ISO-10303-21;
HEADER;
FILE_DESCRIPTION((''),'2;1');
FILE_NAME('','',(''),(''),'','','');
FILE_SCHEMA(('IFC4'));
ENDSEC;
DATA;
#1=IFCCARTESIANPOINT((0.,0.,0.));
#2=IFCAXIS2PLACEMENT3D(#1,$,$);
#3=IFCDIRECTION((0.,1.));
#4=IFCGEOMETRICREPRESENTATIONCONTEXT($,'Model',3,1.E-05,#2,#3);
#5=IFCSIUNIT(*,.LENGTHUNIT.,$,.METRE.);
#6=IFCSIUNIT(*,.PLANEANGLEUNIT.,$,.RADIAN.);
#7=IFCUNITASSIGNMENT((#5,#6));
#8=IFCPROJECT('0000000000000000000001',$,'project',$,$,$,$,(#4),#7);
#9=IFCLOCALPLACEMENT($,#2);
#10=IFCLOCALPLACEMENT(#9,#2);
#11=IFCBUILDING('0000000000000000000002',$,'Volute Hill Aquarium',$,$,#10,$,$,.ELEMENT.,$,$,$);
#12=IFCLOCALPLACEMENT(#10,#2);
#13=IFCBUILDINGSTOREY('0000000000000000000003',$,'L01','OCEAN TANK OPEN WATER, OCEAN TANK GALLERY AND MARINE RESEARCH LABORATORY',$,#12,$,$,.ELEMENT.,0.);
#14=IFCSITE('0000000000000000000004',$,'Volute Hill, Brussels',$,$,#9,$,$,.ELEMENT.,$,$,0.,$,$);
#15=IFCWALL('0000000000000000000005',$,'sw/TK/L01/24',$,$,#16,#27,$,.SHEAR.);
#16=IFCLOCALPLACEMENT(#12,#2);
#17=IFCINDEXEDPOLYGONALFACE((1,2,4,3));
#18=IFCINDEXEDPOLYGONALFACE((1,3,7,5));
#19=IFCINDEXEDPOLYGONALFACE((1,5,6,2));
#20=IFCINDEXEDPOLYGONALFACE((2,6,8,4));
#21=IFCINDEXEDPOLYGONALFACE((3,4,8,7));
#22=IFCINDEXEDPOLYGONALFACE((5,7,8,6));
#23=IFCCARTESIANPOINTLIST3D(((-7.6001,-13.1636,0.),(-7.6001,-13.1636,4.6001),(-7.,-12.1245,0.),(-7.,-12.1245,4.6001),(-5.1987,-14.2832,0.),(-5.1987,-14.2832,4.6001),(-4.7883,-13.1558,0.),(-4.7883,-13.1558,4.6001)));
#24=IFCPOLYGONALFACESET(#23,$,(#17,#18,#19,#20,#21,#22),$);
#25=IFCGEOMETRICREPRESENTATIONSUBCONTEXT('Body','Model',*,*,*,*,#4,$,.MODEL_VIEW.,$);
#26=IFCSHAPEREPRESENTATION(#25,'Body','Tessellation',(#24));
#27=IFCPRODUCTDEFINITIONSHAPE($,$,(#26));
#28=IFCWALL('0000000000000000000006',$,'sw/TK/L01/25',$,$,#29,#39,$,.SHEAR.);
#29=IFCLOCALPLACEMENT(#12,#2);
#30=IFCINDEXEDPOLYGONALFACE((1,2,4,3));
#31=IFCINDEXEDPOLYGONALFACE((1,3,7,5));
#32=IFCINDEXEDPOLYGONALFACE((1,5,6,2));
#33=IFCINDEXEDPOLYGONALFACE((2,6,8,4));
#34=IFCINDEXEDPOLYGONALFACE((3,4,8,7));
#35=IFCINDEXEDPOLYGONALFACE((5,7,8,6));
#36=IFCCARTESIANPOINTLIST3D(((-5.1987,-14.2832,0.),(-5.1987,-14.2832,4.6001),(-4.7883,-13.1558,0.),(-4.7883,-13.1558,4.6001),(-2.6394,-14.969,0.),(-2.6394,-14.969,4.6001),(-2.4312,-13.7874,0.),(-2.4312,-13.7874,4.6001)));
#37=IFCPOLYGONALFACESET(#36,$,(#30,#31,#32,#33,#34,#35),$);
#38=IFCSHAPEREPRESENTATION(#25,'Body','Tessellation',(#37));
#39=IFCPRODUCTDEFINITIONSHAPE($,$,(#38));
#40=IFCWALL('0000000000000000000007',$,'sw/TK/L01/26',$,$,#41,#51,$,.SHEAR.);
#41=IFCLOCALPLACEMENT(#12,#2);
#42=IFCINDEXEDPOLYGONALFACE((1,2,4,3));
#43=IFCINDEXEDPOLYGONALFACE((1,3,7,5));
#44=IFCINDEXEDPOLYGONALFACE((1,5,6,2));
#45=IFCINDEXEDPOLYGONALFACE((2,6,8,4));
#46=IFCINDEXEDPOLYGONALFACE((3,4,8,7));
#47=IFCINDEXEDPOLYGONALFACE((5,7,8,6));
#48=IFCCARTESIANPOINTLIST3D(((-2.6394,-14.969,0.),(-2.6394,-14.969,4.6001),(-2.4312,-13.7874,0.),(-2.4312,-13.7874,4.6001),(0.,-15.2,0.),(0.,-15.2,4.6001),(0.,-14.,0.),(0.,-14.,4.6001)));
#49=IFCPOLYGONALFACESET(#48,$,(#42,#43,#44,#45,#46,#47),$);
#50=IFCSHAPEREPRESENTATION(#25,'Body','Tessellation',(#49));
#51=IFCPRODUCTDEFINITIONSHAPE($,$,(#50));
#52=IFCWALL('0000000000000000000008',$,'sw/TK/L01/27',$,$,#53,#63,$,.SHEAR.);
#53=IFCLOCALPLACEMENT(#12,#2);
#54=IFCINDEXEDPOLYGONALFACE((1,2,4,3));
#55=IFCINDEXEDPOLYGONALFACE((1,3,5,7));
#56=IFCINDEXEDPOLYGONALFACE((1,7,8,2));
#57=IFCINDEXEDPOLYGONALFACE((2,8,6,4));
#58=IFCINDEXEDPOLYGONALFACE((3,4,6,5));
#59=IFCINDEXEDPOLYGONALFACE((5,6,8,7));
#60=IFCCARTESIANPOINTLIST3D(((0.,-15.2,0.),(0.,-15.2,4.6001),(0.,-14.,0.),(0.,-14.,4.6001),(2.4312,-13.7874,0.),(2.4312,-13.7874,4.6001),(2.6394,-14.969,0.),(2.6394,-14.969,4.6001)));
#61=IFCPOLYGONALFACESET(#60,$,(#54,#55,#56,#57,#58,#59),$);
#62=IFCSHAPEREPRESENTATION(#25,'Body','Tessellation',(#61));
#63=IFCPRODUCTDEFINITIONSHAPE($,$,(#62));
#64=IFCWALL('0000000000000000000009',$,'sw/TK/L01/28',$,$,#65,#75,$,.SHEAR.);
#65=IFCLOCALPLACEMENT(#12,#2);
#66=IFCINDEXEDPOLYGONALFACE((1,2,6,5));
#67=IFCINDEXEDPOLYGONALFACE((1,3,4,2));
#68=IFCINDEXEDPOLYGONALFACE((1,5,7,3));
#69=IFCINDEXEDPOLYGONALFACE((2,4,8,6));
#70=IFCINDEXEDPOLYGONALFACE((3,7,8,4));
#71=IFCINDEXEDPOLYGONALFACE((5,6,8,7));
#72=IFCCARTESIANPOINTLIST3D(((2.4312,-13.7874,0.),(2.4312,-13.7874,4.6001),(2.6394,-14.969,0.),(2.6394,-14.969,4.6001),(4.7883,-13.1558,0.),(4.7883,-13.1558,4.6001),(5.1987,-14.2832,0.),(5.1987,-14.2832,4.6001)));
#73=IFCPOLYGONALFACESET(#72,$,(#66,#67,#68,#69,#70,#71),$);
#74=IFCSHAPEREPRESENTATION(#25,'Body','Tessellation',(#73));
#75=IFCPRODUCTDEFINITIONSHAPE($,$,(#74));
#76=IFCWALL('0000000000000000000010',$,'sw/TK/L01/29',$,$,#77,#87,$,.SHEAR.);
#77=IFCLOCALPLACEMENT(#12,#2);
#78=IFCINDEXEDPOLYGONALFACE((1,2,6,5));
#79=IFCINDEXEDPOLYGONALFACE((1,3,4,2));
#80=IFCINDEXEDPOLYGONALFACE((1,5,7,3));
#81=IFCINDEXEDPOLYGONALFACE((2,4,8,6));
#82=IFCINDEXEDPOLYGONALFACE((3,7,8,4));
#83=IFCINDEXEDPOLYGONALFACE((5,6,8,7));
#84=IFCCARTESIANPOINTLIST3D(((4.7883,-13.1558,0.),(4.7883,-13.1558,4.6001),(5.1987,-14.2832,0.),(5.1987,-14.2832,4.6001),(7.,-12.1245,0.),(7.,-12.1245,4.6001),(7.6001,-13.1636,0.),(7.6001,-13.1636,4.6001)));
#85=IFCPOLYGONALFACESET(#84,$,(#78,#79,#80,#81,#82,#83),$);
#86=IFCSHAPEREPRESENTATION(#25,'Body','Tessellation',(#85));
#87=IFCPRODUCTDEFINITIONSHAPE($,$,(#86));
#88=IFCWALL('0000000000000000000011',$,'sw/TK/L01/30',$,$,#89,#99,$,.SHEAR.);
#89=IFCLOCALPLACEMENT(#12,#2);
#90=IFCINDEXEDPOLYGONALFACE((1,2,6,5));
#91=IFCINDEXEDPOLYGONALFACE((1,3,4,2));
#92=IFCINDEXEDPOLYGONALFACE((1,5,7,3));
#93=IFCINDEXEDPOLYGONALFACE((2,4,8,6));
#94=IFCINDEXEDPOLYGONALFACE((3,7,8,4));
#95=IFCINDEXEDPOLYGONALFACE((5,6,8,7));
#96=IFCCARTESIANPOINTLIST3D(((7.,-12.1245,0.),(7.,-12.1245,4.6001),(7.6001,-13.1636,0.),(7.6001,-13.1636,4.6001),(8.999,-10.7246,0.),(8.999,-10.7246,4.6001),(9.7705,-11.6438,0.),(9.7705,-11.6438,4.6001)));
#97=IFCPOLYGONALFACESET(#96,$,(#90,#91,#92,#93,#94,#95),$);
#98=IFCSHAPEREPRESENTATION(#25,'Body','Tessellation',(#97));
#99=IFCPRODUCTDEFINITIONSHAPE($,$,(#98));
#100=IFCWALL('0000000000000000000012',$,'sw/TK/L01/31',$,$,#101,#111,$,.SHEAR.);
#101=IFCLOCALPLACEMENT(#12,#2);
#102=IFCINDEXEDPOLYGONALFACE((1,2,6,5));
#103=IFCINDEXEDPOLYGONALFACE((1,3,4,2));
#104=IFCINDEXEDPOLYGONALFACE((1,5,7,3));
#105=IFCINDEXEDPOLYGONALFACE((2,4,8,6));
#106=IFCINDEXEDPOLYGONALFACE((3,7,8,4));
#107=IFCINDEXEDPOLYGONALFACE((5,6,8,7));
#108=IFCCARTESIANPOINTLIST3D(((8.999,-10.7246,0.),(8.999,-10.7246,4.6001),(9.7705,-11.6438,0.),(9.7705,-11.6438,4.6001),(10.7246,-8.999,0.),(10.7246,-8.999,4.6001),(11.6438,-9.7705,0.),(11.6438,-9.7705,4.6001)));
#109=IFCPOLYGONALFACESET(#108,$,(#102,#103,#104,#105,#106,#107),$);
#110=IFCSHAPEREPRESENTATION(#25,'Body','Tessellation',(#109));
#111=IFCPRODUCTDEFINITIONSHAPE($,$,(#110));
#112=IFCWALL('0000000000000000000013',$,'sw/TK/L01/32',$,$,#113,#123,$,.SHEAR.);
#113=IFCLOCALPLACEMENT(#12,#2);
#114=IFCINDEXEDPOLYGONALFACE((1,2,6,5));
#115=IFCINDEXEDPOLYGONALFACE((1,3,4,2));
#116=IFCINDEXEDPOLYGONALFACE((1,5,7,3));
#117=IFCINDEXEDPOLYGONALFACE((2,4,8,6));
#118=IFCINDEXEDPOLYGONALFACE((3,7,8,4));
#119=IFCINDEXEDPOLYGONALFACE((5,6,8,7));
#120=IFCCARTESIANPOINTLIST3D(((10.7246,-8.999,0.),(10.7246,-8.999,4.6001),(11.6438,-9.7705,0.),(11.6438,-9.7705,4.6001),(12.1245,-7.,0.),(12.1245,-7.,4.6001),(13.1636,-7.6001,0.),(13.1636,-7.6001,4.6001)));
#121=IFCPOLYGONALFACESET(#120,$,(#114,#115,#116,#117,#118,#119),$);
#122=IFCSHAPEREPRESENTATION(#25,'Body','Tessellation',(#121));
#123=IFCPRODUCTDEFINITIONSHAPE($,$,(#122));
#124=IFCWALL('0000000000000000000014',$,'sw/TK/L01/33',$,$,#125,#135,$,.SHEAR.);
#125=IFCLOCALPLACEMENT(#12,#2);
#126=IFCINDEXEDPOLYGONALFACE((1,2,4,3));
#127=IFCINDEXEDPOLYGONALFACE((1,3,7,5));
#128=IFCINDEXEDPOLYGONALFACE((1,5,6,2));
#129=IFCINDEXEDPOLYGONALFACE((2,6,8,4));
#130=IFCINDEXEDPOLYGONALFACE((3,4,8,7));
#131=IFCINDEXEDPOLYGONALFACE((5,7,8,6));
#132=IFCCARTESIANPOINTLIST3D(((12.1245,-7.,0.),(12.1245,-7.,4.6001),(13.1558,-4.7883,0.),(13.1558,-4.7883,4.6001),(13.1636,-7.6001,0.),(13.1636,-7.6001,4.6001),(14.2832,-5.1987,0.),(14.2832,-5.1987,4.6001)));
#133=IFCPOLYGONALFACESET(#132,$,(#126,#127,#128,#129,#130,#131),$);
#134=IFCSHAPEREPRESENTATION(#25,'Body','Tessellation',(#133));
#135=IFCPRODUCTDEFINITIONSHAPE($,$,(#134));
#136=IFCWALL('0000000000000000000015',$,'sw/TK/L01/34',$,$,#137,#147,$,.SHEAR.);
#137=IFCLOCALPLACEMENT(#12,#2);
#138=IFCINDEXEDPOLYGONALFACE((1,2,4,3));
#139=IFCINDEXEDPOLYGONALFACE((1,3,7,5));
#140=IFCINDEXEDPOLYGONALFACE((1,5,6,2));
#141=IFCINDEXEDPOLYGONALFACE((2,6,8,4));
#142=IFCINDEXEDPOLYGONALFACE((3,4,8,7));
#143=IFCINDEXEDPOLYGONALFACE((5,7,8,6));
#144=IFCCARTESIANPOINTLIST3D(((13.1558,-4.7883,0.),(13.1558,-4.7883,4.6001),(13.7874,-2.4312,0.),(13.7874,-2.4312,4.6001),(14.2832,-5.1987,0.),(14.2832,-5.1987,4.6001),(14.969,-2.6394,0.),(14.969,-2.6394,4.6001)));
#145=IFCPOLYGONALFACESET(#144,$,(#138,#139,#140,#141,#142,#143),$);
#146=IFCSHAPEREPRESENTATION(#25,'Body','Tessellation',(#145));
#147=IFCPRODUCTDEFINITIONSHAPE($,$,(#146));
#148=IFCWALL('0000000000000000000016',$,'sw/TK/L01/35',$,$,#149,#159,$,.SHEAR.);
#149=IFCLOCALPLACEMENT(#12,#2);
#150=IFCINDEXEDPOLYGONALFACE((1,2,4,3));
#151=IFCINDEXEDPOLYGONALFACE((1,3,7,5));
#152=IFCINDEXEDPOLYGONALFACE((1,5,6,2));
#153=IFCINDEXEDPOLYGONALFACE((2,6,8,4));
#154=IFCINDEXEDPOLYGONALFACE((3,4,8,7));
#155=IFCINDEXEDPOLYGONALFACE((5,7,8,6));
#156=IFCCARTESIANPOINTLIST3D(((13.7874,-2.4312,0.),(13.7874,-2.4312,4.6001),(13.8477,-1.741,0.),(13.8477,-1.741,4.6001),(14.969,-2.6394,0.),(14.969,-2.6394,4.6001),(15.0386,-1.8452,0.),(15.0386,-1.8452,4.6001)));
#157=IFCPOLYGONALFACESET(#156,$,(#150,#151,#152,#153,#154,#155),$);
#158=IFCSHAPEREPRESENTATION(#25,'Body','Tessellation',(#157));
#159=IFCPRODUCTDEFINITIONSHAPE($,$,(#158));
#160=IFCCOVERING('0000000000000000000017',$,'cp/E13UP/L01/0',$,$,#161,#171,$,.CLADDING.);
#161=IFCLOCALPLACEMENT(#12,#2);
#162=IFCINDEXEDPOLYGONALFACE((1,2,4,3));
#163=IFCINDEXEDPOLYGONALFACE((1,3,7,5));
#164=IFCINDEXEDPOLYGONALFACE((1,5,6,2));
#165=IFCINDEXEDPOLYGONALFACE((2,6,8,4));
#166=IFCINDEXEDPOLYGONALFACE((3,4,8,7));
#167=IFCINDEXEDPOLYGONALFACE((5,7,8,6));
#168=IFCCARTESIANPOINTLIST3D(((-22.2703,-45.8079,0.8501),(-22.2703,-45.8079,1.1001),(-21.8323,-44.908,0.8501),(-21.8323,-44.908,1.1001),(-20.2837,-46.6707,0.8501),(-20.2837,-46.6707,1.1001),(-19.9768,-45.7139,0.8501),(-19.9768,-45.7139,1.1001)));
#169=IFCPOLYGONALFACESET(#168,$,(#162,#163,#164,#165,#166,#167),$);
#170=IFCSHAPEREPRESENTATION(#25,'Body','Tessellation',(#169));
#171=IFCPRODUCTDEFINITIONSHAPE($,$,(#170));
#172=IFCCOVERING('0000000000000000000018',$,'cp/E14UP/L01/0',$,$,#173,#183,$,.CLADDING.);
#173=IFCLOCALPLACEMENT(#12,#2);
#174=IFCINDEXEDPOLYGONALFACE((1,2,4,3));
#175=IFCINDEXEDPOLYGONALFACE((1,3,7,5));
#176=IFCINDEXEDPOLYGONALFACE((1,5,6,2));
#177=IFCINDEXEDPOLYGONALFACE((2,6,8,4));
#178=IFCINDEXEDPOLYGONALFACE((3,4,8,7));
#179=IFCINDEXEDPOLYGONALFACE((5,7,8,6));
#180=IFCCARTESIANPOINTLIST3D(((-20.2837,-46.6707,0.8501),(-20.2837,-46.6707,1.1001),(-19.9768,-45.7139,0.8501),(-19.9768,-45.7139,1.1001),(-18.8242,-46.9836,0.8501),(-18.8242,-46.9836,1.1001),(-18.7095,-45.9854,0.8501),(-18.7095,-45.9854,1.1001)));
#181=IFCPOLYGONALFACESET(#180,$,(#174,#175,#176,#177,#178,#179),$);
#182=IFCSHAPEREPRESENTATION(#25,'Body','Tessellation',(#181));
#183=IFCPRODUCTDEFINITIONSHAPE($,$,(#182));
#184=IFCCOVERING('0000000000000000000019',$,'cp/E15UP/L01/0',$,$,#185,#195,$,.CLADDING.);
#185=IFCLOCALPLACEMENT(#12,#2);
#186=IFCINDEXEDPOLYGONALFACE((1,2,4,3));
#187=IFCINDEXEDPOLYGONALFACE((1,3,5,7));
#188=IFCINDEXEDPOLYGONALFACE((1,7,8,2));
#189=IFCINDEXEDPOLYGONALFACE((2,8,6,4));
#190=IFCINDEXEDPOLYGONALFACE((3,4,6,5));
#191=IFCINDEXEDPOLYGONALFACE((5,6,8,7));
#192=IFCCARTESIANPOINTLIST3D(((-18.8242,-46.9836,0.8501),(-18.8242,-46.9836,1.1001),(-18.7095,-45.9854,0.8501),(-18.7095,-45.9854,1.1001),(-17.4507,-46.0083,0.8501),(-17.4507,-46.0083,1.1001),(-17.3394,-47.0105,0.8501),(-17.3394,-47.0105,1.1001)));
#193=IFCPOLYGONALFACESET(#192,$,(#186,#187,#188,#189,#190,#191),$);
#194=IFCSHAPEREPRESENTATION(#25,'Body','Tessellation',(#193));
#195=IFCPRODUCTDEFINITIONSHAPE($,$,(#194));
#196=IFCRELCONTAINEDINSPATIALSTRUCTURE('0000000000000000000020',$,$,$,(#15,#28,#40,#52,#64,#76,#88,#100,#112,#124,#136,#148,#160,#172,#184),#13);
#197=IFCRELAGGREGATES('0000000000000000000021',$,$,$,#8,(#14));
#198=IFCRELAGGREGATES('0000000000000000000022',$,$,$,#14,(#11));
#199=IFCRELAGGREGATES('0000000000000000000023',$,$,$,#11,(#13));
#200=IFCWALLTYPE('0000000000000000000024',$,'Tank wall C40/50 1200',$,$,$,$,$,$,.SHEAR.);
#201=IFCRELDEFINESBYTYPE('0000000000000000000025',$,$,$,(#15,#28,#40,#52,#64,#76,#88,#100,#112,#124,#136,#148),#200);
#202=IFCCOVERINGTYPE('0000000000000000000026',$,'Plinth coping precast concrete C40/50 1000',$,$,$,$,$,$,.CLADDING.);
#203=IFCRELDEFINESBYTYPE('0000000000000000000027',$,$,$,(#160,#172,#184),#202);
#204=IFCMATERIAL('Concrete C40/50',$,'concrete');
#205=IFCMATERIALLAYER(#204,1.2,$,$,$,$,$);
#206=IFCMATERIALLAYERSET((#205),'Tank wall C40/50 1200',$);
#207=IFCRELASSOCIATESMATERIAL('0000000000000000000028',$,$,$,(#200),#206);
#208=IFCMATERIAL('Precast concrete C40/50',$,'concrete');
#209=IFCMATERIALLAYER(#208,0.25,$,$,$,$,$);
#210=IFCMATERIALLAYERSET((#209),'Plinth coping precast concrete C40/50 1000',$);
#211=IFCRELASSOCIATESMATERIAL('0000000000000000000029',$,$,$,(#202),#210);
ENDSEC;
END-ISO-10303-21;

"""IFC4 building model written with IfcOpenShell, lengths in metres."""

from ifc_helpers import new_model, si_unit, direction, frame, origin, place, context, subcontext, project, spatial, polyline, outline, extrude, material, layer, layer_set, type_object, element, save


model = new_model("IFC4")

# Units and contexts
model_context = context("Model", 3, precision=1e-05, world=origin(), true_north=direction((0.0, 1.0)))
body_context = subcontext(model_context, "Body", "Model", "MODEL_VIEW")
ifc_project = project(units=[si_unit("LENGTHUNIT", "METRE"), si_unit("PLANEANGLEUNIT", "RADIAN")], contexts=[model_context])

# Site, building, storey
site_placement = place(None, origin())
site = spatial("IfcSite", under=ifc_project, at=site_placement, Name="Volute Hill, Brussels", CompositionType="ELEMENT", RefElevation=0.0)
building_placement = place(site_placement, origin())
building = spatial("IfcBuilding", under=site, at=building_placement, Name="Volute Hill Aquarium", CompositionType="ELEMENT")
storey_placement = place(building_placement, origin())
storey = spatial("IfcBuildingStorey", under=building, at=storey_placement, Name="L01", Description="OCEAN TANK OPEN WATER, OCEAN TANK GALLERY AND MARINE RESEARCH LABORATORY", CompositionType="ELEMENT", Elevation=0.0)

# Walls
ifc_material_1 = material(Name="Concrete C40/50", Category="concrete")
ifc_layer_1 = layer(ifc_material_1, 1.2)
ifc_layer_set_1 = layer_set([ifc_layer_1], Name="Tank wall C40/50 1200")
wall_type = type_object("IfcWallType", Name="Tank wall C40/50 1200", PredefinedType="SHEAR", material=ifc_layer_set_1)
wall_1_placement = place(storey_placement, origin())
element("IfcWall", 1, at=wall_1_placement, inside=storey, type_object=wall_type, Name="sw/TK/L01/24", PredefinedType="SHEAR", context=body_context, shape_type="SweptSolid", body=[
    extrude(outline(polyline([(-7.0, -12.1245), (-7.6001, -13.1636), (-5.1987, -14.2832), (-4.7883, -13.1558), (-7.0, -12.1245)])), origin(), (0.0, 0.0, 1.0), 4.6001),
])
wall_2_placement = place(storey_placement, origin())
element("IfcWall", 2, at=wall_2_placement, inside=storey, type_object=wall_type, Name="sw/TK/L01/25", PredefinedType="SHEAR", context=body_context, shape_type="SweptSolid", body=[
    extrude(outline(polyline([(-4.7883, -13.1558), (-5.1987, -14.2832), (-2.6394, -14.969), (-2.4312, -13.7874), (-4.7883, -13.1558)])), origin(), (0.0, 0.0, 1.0), 4.6001),
])
wall_3_placement = place(storey_placement, origin())
element("IfcWall", 3, at=wall_3_placement, inside=storey, type_object=wall_type, Name="sw/TK/L01/26", PredefinedType="SHEAR", context=body_context, shape_type="SweptSolid", body=[
    extrude(outline(polyline([(-2.4312, -13.7874), (-2.6394, -14.969), (0.0, -15.2), (0.0, -14.0), (-2.4312, -13.7874)])), origin(), (0.0, 0.0, 1.0), 4.6001),
])
wall_4_placement = place(storey_placement, origin())
element("IfcWall", 4, at=wall_4_placement, inside=storey, type_object=wall_type, Name="sw/TK/L01/27", PredefinedType="SHEAR", context=body_context, shape_type="SweptSolid", body=[
    extrude(outline(polyline([(0.0, -14.0), (0.0, -15.2), (2.6394, -14.969), (2.4312, -13.7874), (0.0, -14.0)])), origin(), (0.0, 0.0, 1.0), 4.6001),
])
wall_5_placement = place(storey_placement, origin())
element("IfcWall", 5, at=wall_5_placement, inside=storey, type_object=wall_type, Name="sw/TK/L01/28", PredefinedType="SHEAR", context=body_context, shape_type="SweptSolid", body=[
    extrude(outline(polyline([(2.4312, -13.7874), (2.6394, -14.969), (5.1987, -14.2832), (4.7883, -13.1558), (2.4312, -13.7874)])), origin(), (0.0, 0.0, 1.0), 4.6001),
])
wall_6_placement = place(storey_placement, origin())
element("IfcWall", 6, at=wall_6_placement, inside=storey, type_object=wall_type, Name="sw/TK/L01/29", PredefinedType="SHEAR", context=body_context, shape_type="SweptSolid", body=[
    extrude(outline(polyline([(4.7883, -13.1558), (5.1987, -14.2832), (7.6001, -13.1636), (7.0, -12.1245), (4.7883, -13.1558)])), origin(), (0.0, 0.0, 1.0), 4.6001),
])
wall_7_placement = place(storey_placement, origin())
element("IfcWall", 7, at=wall_7_placement, inside=storey, type_object=wall_type, Name="sw/TK/L01/30", PredefinedType="SHEAR", context=body_context, shape_type="SweptSolid", body=[
    extrude(outline(polyline([(7.0, -12.1245), (7.6001, -13.1636), (9.7705, -11.6438), (8.999, -10.7246), (7.0, -12.1245)])), origin(), (0.0, 0.0, 1.0), 4.6001),
])
wall_8_placement = place(storey_placement, origin())
element("IfcWall", 8, at=wall_8_placement, inside=storey, type_object=wall_type, Name="sw/TK/L01/31", PredefinedType="SHEAR", context=body_context, shape_type="SweptSolid", body=[
    extrude(outline(polyline([(8.999, -10.7246), (9.7705, -11.6438), (11.6438, -9.7705), (10.7246, -8.999), (8.999, -10.7246)])), origin(), (0.0, 0.0, 1.0), 4.6001),
])
wall_9_placement = place(storey_placement, origin())
element("IfcWall", 9, at=wall_9_placement, inside=storey, type_object=wall_type, Name="sw/TK/L01/32", PredefinedType="SHEAR", context=body_context, shape_type="SweptSolid", body=[
    extrude(outline(polyline([(10.7246, -8.999), (11.6438, -9.7705), (13.1636, -7.6001), (12.1245, -7.0), (10.7246, -8.999)])), origin(), (0.0, 0.0, 1.0), 4.6001),
])
wall_10_placement = place(storey_placement, origin())
element("IfcWall", 10, at=wall_10_placement, inside=storey, type_object=wall_type, Name="sw/TK/L01/33", PredefinedType="SHEAR", context=body_context, shape_type="SweptSolid", body=[
    extrude(outline(polyline([(12.1245, -7.0), (13.1636, -7.6001), (14.2832, -5.1987), (13.1558, -4.7883), (12.1245, -7.0)])), origin(), (0.0, 0.0, 1.0), 4.6001),
])
wall_11_placement = place(storey_placement, origin())
element("IfcWall", 11, at=wall_11_placement, inside=storey, type_object=wall_type, Name="sw/TK/L01/34", PredefinedType="SHEAR", context=body_context, shape_type="SweptSolid", body=[
    extrude(outline(polyline([(13.1558, -4.7883), (14.2832, -5.1987), (14.969, -2.6394), (13.7874, -2.4312), (13.1558, -4.7883)])), origin(), (0.0, 0.0, 1.0), 4.6001),
])
wall_12_placement = place(storey_placement, origin())
element("IfcWall", 12, at=wall_12_placement, inside=storey, type_object=wall_type, Name="sw/TK/L01/35", PredefinedType="SHEAR", context=body_context, shape_type="SweptSolid", body=[
    extrude(outline(polyline([(14.969, -2.6394), (15.0386, -1.8452), (13.8477, -1.741), (13.7874, -2.4312), (14.969, -2.6394)])), origin(), (0.0, 0.0, 1.0), 4.6001),
])

# Coverings
ifc_material_2 = material(Name="Precast concrete C40/50", Category="concrete")
ifc_layer_2 = layer(ifc_material_2, 0.25)
ifc_layer_set_2 = layer_set([ifc_layer_2], Name="Plinth coping precast concrete C40/50 1000")
covering_type = type_object("IfcCoveringType", Name="Plinth coping precast concrete C40/50 1000", PredefinedType="CLADDING", material=ifc_layer_set_2)
covering_1_placement = place(storey_placement, frame((0.0, 0.0, 0.8501)))
element("IfcCovering", 13, at=covering_1_placement, inside=storey, type_object=covering_type, Name="cp/E13UP/L01/0", PredefinedType="CLADDING", context=body_context, shape_type="SweptSolid", body=[
    extrude(outline(polyline([(-22.2703, -45.8079), (-20.2837, -46.6707), (-19.9768, -45.7139), (-21.8323, -44.908), (-22.2703, -45.8079)])), origin(), (0.0, 0.0, 1.0), 0.25),
])
covering_2_placement = place(storey_placement, frame((0.0, 0.0, 0.8501)))
element("IfcCovering", 14, at=covering_2_placement, inside=storey, type_object=covering_type, Name="cp/E14UP/L01/0", PredefinedType="CLADDING", context=body_context, shape_type="SweptSolid", body=[
    extrude(outline(polyline([(-18.8242, -46.9836), (-18.8242, -46.9836), (-18.7095, -45.9854), (-19.9768, -45.7139), (-19.9768, -45.7139), (-20.2837, -46.6707), (-20.2837, -46.6707), (-18.8242, -46.9836)])), origin(), (0.0, 0.0, 1.0), 0.25),
])
covering_3_placement = place(storey_placement, frame((0.0, 0.0, 0.8501)))
element("IfcCovering", 15, at=covering_3_placement, inside=storey, type_object=covering_type, Name="cp/E15UP/L01/0", PredefinedType="CLADDING", context=body_context, shape_type="SweptSolid", body=[
    extrude(outline(polyline([(-18.8242, -46.9836), (-17.3394, -47.0105), (-17.4507, -46.0083), (-17.4507, -46.0083), (-18.7095, -45.9854), (-18.7095, -45.9854), (-18.8242, -46.9836)])), origin(), (0.0, 0.0, 1.0), 0.25),
])

save(model, "model.ifc")
